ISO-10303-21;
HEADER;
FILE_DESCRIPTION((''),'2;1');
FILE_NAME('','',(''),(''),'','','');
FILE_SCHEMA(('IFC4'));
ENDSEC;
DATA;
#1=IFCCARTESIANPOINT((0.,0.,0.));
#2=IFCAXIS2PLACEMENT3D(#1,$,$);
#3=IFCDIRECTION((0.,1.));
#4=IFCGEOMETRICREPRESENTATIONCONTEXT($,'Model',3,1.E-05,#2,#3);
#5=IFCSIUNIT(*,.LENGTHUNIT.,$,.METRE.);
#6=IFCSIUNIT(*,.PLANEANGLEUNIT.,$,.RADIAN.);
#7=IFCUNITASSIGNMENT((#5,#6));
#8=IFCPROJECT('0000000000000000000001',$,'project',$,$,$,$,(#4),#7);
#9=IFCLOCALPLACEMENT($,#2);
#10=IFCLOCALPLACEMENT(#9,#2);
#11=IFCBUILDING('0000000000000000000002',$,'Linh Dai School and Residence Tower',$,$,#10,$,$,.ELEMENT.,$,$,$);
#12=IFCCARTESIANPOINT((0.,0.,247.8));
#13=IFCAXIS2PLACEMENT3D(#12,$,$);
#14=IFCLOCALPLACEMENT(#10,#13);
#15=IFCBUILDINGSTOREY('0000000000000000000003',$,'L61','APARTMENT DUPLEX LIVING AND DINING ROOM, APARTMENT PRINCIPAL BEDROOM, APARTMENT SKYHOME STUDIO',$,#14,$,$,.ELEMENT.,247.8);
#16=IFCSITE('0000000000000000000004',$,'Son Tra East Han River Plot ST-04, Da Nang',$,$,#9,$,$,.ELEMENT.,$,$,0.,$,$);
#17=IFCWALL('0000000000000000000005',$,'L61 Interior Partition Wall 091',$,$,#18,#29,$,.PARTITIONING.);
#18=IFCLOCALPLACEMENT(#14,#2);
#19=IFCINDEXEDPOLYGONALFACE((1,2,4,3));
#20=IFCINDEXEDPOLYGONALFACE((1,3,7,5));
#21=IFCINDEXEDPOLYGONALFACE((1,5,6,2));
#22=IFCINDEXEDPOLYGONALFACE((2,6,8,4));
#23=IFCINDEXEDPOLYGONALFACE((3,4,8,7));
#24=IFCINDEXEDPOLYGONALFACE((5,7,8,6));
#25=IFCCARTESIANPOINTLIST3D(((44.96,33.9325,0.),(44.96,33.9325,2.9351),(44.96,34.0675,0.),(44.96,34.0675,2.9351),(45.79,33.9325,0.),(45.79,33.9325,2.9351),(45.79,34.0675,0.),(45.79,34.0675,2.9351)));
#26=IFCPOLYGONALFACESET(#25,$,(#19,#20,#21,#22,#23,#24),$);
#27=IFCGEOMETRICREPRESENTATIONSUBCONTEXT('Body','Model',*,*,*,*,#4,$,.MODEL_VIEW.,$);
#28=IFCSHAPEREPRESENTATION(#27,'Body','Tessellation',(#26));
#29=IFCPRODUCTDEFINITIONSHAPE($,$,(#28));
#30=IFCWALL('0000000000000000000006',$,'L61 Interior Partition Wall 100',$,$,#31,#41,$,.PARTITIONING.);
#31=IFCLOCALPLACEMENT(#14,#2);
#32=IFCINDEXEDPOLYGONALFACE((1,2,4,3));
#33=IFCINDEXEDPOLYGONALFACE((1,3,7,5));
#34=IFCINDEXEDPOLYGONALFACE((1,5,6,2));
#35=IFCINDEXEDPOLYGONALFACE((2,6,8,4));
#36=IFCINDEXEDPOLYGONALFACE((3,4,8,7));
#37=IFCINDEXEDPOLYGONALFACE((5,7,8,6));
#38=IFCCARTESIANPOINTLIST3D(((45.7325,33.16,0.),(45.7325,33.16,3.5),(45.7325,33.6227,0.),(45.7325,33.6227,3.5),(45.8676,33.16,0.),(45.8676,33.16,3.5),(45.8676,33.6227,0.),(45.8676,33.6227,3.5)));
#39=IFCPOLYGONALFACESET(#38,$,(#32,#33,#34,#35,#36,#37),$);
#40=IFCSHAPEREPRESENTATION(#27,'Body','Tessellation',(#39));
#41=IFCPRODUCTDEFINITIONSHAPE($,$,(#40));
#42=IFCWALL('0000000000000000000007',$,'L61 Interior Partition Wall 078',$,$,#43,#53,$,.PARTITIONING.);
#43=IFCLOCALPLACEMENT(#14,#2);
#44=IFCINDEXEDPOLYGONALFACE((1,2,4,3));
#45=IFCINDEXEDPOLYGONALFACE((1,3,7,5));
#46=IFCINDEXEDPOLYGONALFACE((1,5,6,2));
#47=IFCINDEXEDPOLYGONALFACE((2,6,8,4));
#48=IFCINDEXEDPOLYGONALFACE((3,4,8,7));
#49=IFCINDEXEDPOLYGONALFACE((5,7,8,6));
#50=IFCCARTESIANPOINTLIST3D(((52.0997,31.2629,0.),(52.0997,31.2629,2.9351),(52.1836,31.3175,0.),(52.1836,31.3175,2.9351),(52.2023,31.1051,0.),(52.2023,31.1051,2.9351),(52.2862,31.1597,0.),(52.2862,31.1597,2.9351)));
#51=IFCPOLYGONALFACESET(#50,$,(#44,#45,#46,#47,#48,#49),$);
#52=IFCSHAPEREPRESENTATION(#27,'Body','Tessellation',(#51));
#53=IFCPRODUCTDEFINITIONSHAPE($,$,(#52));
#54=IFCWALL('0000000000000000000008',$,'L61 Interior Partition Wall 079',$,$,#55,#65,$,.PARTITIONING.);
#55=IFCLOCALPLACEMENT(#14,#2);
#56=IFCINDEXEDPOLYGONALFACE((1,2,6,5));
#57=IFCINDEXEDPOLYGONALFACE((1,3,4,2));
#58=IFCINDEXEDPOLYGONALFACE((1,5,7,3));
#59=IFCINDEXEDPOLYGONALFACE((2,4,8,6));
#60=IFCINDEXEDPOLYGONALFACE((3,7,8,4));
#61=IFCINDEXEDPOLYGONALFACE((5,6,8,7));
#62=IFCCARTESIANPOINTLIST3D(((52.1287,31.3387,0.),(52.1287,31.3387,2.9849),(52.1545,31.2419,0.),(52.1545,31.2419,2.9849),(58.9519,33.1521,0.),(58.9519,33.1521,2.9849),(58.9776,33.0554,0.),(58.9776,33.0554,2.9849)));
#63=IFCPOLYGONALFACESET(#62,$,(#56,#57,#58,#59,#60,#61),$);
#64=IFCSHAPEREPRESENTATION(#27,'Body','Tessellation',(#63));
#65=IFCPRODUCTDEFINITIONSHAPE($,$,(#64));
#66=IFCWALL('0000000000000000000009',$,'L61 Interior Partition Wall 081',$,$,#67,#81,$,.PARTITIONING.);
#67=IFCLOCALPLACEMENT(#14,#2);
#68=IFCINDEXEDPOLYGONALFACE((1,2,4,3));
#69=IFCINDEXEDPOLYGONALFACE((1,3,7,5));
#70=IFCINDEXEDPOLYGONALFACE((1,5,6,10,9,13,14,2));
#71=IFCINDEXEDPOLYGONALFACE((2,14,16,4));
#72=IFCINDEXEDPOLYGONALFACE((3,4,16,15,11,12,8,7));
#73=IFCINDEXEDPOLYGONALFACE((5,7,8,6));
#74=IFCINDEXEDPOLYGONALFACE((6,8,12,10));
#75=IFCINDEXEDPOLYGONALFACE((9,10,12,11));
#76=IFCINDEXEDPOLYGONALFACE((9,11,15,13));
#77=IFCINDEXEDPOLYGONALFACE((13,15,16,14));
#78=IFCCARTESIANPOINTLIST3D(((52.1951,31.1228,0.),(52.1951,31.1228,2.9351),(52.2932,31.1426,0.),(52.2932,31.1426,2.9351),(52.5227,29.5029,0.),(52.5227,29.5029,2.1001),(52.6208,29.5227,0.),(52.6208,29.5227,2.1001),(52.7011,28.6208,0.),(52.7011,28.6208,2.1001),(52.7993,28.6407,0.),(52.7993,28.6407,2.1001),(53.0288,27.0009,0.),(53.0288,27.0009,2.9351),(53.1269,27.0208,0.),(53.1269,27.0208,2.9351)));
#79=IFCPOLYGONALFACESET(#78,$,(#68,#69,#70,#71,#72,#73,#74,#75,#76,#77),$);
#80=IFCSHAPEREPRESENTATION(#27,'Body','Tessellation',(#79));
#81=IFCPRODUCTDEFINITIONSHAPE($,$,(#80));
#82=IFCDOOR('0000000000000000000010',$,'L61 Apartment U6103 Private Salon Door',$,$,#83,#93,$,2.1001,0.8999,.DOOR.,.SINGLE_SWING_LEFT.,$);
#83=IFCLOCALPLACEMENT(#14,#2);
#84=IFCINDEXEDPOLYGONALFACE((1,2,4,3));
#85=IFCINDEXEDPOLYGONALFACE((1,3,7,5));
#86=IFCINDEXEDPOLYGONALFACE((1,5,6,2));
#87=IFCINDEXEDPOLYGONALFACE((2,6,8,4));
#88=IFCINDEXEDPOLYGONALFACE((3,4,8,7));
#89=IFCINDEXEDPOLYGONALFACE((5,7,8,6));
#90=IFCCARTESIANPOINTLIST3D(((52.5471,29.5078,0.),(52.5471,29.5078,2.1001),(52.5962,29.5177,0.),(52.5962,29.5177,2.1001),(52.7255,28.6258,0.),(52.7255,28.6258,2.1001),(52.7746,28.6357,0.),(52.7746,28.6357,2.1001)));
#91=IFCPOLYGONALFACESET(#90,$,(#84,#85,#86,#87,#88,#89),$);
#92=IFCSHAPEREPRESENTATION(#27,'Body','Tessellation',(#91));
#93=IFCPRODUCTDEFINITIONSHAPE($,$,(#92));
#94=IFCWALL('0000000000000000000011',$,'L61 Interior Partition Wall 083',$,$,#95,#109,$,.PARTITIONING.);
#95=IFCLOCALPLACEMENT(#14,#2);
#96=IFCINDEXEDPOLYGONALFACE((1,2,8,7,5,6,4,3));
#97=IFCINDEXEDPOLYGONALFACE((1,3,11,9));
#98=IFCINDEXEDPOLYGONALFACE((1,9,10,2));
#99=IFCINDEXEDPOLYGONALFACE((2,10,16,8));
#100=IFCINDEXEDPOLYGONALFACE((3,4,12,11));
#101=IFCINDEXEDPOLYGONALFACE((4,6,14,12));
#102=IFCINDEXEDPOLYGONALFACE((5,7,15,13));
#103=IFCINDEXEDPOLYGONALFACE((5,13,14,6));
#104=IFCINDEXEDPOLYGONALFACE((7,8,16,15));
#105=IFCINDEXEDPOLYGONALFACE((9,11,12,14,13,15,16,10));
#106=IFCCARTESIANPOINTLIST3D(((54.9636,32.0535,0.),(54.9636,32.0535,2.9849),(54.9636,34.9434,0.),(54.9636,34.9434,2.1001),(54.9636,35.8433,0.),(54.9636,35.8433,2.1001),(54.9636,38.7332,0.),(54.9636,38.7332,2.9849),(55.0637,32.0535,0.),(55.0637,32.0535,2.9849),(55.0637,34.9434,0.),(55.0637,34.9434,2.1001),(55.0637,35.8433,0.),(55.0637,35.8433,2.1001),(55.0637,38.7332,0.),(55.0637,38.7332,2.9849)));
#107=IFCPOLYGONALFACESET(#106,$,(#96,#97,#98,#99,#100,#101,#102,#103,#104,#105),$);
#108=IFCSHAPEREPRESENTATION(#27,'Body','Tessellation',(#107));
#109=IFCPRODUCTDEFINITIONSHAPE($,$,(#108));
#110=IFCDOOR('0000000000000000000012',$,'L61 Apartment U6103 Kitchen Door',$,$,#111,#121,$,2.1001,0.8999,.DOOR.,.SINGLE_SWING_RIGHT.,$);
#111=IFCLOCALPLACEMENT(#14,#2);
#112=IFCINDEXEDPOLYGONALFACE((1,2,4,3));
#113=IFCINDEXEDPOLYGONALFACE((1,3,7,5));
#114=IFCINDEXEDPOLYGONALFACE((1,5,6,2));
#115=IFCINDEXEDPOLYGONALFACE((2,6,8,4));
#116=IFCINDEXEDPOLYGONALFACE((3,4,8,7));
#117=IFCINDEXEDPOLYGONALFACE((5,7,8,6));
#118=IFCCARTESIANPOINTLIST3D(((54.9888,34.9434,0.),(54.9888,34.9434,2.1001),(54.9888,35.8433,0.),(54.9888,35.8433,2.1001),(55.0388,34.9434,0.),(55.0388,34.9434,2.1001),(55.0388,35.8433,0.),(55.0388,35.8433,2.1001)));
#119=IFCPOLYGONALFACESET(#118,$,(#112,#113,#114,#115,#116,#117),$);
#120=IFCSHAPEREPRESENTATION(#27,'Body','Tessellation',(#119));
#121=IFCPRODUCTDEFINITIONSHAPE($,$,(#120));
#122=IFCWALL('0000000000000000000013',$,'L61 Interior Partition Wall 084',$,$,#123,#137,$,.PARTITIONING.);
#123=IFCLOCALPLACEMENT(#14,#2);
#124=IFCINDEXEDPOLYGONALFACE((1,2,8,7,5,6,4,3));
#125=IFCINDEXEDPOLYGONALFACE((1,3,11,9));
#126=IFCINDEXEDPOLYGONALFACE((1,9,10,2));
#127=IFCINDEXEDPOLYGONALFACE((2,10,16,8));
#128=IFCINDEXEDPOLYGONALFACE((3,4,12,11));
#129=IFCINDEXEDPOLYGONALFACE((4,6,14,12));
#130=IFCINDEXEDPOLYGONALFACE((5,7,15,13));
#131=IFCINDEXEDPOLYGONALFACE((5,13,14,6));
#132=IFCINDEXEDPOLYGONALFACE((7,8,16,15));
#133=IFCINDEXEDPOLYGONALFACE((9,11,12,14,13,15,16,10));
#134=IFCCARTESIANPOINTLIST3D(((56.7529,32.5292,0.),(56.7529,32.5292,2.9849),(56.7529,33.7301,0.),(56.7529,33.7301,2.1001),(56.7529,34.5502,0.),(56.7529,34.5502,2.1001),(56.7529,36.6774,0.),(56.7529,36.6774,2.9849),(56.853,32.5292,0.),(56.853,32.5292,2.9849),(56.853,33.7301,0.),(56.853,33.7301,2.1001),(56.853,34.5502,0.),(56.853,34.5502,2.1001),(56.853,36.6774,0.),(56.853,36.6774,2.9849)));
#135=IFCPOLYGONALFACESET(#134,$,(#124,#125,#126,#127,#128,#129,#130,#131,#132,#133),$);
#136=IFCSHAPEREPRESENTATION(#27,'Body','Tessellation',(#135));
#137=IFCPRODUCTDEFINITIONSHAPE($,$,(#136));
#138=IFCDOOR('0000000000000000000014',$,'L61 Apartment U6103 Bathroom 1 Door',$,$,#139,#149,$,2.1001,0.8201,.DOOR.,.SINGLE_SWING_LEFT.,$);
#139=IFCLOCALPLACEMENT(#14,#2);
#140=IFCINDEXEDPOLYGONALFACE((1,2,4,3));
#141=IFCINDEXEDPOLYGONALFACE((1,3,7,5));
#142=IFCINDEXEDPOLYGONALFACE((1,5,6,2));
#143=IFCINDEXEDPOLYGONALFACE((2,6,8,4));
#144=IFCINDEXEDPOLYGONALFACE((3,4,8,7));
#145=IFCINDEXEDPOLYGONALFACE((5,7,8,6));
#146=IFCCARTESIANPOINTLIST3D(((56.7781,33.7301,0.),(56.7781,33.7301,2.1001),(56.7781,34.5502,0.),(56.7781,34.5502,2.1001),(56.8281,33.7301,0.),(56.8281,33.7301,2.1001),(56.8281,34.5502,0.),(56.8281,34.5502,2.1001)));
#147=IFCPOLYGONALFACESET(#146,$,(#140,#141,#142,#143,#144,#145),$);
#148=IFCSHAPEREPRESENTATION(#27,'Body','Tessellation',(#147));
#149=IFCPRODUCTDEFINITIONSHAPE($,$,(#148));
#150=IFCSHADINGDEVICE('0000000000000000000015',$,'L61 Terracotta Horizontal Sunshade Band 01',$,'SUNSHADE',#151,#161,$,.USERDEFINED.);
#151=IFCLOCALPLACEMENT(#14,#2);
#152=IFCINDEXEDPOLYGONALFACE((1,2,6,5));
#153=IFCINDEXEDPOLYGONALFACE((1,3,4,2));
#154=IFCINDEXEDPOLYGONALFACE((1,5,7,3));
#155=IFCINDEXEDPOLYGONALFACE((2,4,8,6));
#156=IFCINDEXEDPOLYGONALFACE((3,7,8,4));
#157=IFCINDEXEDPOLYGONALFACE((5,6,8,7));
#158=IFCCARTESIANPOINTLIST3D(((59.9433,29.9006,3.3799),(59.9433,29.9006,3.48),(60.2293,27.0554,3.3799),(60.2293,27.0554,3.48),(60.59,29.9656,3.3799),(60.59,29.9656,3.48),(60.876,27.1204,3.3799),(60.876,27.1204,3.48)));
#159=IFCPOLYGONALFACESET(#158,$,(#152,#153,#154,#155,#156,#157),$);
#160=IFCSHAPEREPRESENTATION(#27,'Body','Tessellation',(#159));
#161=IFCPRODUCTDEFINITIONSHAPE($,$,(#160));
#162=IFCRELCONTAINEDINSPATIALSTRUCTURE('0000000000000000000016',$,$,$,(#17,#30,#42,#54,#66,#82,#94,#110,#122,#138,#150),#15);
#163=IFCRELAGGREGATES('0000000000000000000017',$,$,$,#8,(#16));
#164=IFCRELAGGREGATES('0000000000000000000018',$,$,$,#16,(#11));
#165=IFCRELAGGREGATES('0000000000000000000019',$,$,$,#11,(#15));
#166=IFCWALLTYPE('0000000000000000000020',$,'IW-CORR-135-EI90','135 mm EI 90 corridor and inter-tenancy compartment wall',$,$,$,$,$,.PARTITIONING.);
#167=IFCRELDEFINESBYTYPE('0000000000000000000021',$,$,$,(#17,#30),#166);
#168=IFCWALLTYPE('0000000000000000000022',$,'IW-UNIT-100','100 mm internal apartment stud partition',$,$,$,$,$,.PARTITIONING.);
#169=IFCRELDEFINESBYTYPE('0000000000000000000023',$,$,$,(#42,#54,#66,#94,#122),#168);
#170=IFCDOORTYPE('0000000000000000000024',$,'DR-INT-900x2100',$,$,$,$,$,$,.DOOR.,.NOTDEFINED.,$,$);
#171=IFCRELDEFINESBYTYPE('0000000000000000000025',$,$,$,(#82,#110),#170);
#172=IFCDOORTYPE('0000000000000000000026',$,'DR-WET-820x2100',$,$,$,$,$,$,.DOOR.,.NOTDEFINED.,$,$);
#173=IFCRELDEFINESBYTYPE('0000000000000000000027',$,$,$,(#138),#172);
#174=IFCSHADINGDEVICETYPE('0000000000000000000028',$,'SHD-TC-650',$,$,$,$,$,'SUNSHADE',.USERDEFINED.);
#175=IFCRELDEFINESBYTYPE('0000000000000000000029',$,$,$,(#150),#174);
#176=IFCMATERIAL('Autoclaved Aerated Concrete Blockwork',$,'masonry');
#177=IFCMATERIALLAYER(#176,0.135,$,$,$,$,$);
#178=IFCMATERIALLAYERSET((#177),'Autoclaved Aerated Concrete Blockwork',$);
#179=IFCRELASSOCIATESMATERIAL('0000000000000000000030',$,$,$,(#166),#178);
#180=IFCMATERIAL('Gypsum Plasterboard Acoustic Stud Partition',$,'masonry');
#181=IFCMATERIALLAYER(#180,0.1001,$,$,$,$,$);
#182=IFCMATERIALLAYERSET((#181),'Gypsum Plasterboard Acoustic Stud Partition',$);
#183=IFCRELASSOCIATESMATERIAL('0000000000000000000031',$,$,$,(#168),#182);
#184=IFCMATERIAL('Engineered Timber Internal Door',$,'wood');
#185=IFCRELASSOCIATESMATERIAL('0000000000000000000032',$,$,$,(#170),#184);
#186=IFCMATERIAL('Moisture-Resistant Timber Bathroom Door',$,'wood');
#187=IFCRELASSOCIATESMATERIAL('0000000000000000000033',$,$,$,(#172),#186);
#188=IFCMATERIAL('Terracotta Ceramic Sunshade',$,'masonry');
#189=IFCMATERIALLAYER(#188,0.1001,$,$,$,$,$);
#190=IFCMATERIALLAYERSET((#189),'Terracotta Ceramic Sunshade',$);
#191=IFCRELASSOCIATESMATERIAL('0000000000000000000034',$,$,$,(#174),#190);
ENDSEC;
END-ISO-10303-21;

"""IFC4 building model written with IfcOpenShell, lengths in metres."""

from ifc_helpers import new_model, si_unit, direction, frame, frame_2d, origin, origin_2d, place, context, subcontext, project, spatial, rectangle, extrude, source, transform, mapped, material, layer, layer_set, type_object, element, fill, save


model = new_model("IFC4")

# Units and contexts
model_context = context("Model", 3, precision=1e-05, world=origin(), true_north=direction((0.0, 1.0)))
body_context = subcontext(model_context, "Body", "Model", "MODEL_VIEW")
ifc_project = project(units=[si_unit("LENGTHUNIT", "METRE"), si_unit("PLANEANGLEUNIT", "RADIAN")], contexts=[model_context])

# Site, building, storey
site_placement = place(None, origin())
site = spatial("IfcSite", under=ifc_project, at=site_placement, Name="Son Tra East Han River Plot ST-04, Da Nang", CompositionType="ELEMENT", RefElevation=0.0)
building_placement = place(site_placement, origin())
building = spatial("IfcBuilding", under=site, at=building_placement, Name="Linh Dai School and Residence Tower", CompositionType="ELEMENT")
storey_placement = place(building_placement, frame((0.0, 0.0, 247.8)))
storey = spatial("IfcBuildingStorey", under=building, at=storey_placement, Name="L61", Description="APARTMENT DUPLEX LIVING AND DINING ROOM, APARTMENT PRINCIPAL BEDROOM, APARTMENT SKYHOME STUDIO", CompositionType="ELEMENT", Elevation=247.8)

# Walls
ifc_material_1 = material(Name="Autoclaved Aerated Concrete Blockwork", Category="masonry")
ifc_layer_1 = layer(ifc_material_1, 0.135)
ifc_layer_set_1 = layer_set([ifc_layer_1], Name="Autoclaved Aerated Concrete Blockwork")
wall_type_1 = type_object("IfcWallType", Name="IW-CORR-135-EI90", Description="135 mm EI 90 corridor and inter-tenancy compartment wall", PredefinedType="PARTITIONING", material=ifc_layer_set_1)
wall_1_placement = place(storey_placement, frame((45.79, 34.0, 0.0), z_axis=(0.0, 0.0, 1.0), x_axis=(-1.0, 0.0, 0.0)))
element("IfcWall", 1, at=wall_1_placement, inside=storey, type_object=wall_type_1, Name="L61 Interior Partition Wall 091", PredefinedType="PARTITIONING", context=body_context, shape_type="SweptSolid", body=[
    extrude(rectangle(XDim=0.8301, YDim=0.135, at=frame_2d((0.415, 0.0))), origin(), (0.0, 0.0, 1.0), 2.9351),
])
wall_2_placement = place(storey_placement, frame((45.8, 33.1599, 0.0), z_axis=(0.0, 0.0, 1.0), x_axis=(0.0, 1.0, 0.0)))
element("IfcWall", 2, at=wall_2_placement, inside=storey, type_object=wall_type_1, Name="L61 Interior Partition Wall 100", PredefinedType="PARTITIONING", context=body_context, shape_type="SweptSolid", body=[
    extrude(rectangle(XDim=0.4626, YDim=0.135, at=frame_2d((0.2314, 0.0))), origin(), (0.0, 0.0, 1.0), 3.5),
])
ifc_material_2 = material(Name="Gypsum Plasterboard Acoustic Stud Partition", Category="masonry")
ifc_layer_2 = layer(ifc_material_2, 0.1001)
ifc_layer_set_2 = layer_set([ifc_layer_2], Name="Gypsum Plasterboard Acoustic Stud Partition")
wall_type_2 = type_object("IfcWallType", Name="IW-UNIT-100", Description="100 mm internal apartment stud partition", PredefinedType="PARTITIONING", material=ifc_layer_set_2)
wall_3_placement = place(storey_placement, frame((52.1416, 31.2903, 0.0), z_axis=(0.0, 0.0, 1.0), x_axis=(0.54508, -0.838384, 0.0)))
element("IfcWall", 3, at=wall_3_placement, inside=storey, type_object=wall_type_2, Name="L61 Interior Partition Wall 078", PredefinedType="PARTITIONING", context=body_context, shape_type="SweptSolid", body=[
    extrude(rectangle(XDim=0.1882, YDim=0.1001, at=frame_2d((0.0942, 0.0))), origin(), (0.0, 0.0, 1.0), 2.9351),
])
wall_4_placement = place(storey_placement, frame((52.1416, 31.2903, 0.0), z_axis=(0.0, 0.0, 1.0), x_axis=(0.966448, 0.256862, 0.0)))
element("IfcWall", 4, at=wall_4_placement, inside=storey, type_object=wall_type_2, Name="L61 Interior Partition Wall 079", PredefinedType="PARTITIONING", context=body_context, shape_type="SweptSolid", body=[
    extrude(rectangle(XDim=7.0601, YDim=0.1001, at=frame_2d((3.53, 0.0))), origin(), (0.0, 0.0, 1.0), 2.9849),
])

# Walls, openings, doors
wall_5_placement = place(storey_placement, frame((52.2441, 31.1326, 0.0), z_axis=(0.0, 0.0, 1.0), x_axis=(0.198259, -0.98015, 0.0)))
wall_5 = element("IfcWall", 5, at=wall_5_placement, inside=storey, type_object=wall_type_2, Name="L61 Interior Partition Wall 081", PredefinedType="PARTITIONING", context=body_context, shape_type="SweptSolid", body=[
    extrude(rectangle(XDim=4.2053, YDim=0.1001, at=frame_2d((2.1025, 0.0))), origin(), (0.0, 0.0, 1.0), 2.9351),
])
opening_1_placement = place(wall_5_placement, frame((1.6526, 0.0, 0.0)))
opening_1 = element("IfcOpeningElement", 6, at=opening_1_placement, cuts=wall_5, PredefinedType="OPENING", context=body_context, shape_type="SweptSolid", body=[
    extrude(rectangle(XDim=0.8999, YDim=2.1001, at=origin_2d()), frame((0.45, 0.0601, 1.05), z_axis=(0.0, -1.0, 0.0), x_axis=(1.0, 0.0, 0.0)), (0.0, 0.0, 1.0), 0.1201),
])
ifc_material_3 = material(Name="Engineered Timber Internal Door", Category="wood")
door_type_1 = type_object("IfcDoorType", Name="DR-INT-900x2100", OperationType="NOTDEFINED", PredefinedType="DOOR", material=ifc_material_3)
shared_shape_1 = source(origin(), body_context, "Body", "SweptSolid", [
    extrude(rectangle(XDim=0.8999, YDim=2.1001, at=origin_2d()), frame((0.45, 0.0249, 1.05), z_axis=(0.0, -1.0, 0.0), x_axis=(1.0, 0.0, 0.0)), (0.0, 0.0, 1.0), 0.05),
])
door_1_placement = place(opening_1_placement, origin())
door_1 = element("IfcDoor", 7, at=door_1_placement, inside=storey, type_object=door_type_1, Name="L61 Apartment U6103 Private Salon Door", OperationType="SINGLE_SWING_LEFT", OverallHeight=2.1001, OverallWidth=0.8999, PredefinedType="DOOR", context=body_context, shape_type="MappedRepresentation", body=[
    mapped(shared_shape_1, transform((0.0, 0.0, 0.0), x_axis=(1.0, 0.0, 0.0), y_axis=(0.0, 1.0, 0.0), z_axis=(0.0, 0.0, 1.0), scale=1.0)),
])
fill(opening_1, door_1)
wall_6_placement = place(storey_placement, frame((55.0137, 32.0535, 0.0), z_axis=(0.0, 0.0, 1.0), x_axis=(0.0, 1.0, 0.0)))
wall_6 = element("IfcWall", 8, at=wall_6_placement, inside=storey, type_object=wall_type_2, Name="L61 Interior Partition Wall 083", PredefinedType="PARTITIONING", context=body_context, shape_type="SweptSolid", body=[
    extrude(rectangle(XDim=6.6797, YDim=0.1001, at=frame_2d((3.3398, 0.0))), origin(), (0.0, 0.0, 1.0), 2.9849),
])
opening_2_placement = place(wall_6_placement, frame((2.8899, 0.0, 0.0)))
opening_2 = element("IfcOpeningElement", 9, at=opening_2_placement, cuts=wall_6, PredefinedType="OPENING", context=body_context, shape_type="SweptSolid", body=[
    extrude(rectangle(XDim=0.8999, YDim=2.1001, at=origin_2d()), frame((0.45, 0.0601, 1.05), z_axis=(0.0, -1.0, 0.0), x_axis=(1.0, 0.0, 0.0)), (0.0, 0.0, 1.0), 0.1201),
])
door_2_placement = place(opening_2_placement, origin())
door_2 = element("IfcDoor", 10, at=door_2_placement, inside=storey, type_object=door_type_1, Name="L61 Apartment U6103 Kitchen Door", OperationType="SINGLE_SWING_RIGHT", OverallHeight=2.1001, OverallWidth=0.8999, PredefinedType="DOOR", context=body_context, shape_type="MappedRepresentation", body=[
    mapped(shared_shape_1, transform((0.0, 0.0, 0.0), x_axis=(1.0, 0.0, 0.0), y_axis=(0.0, 1.0, 0.0), z_axis=(0.0, 0.0, 1.0), scale=1.0)),
])
fill(opening_2, door_2)
wall_7_placement = place(storey_placement, frame((56.803, 32.5291, 0.0), z_axis=(0.0, 0.0, 1.0), x_axis=(0.0, 1.0, 0.0)))
wall_7 = element("IfcWall", 11, at=wall_7_placement, inside=storey, type_object=wall_type_2, Name="L61 Interior Partition Wall 084", PredefinedType="PARTITIONING", context=body_context, shape_type="SweptSolid", body=[
    extrude(rectangle(XDim=4.1482, YDim=0.1001, at=frame_2d((2.0742, 0.0))), origin(), (0.0, 0.0, 1.0), 2.9849),
])
opening_3_placement = place(wall_7_placement, frame((1.2009, 0.0, 0.0)))
opening_3 = element("IfcOpeningElement", 12, at=opening_3_placement, cuts=wall_7, PredefinedType="OPENING", context=body_context, shape_type="SweptSolid", body=[
    extrude(rectangle(XDim=0.8201, YDim=2.1001, at=origin_2d()), frame((0.4102, 0.0601, 1.05), z_axis=(0.0, -1.0, 0.0), x_axis=(1.0, 0.0, 0.0)), (0.0, 0.0, 1.0), 0.1201),
])
ifc_material_4 = material(Name="Moisture-Resistant Timber Bathroom Door", Category="wood")
door_type_2 = type_object("IfcDoorType", Name="DR-WET-820x2100", OperationType="NOTDEFINED", PredefinedType="DOOR", material=ifc_material_4)
shared_shape_2 = source(origin(), body_context, "Body", "SweptSolid", [
    extrude(rectangle(XDim=0.8201, YDim=2.1001, at=origin_2d()), frame((0.4102, 0.0249, 1.05), z_axis=(0.0, -1.0, 0.0), x_axis=(1.0, 0.0, 0.0)), (0.0, 0.0, 1.0), 0.05),
])
door_3_placement = place(opening_3_placement, origin())
door_3 = element("IfcDoor", 13, at=door_3_placement, inside=storey, type_object=door_type_2, Name="L61 Apartment U6103 Bathroom 1 Door", OperationType="SINGLE_SWING_LEFT", OverallHeight=2.1001, OverallWidth=0.8201, PredefinedType="DOOR", context=body_context, shape_type="MappedRepresentation", body=[
    mapped(shared_shape_2, transform((0.0, 0.0, 0.0), x_axis=(1.0, 0.0, 0.0), y_axis=(0.0, 1.0, 0.0), z_axis=(0.0, 0.0, 1.0), scale=1.0)),
])
fill(opening_3, door_3)

# Shading device
ifc_material_5 = material(Name="Terracotta Ceramic Sunshade", Category="masonry")
ifc_layer_3 = layer(ifc_material_5, 0.1001)
ifc_layer_set_3 = layer_set([ifc_layer_3], Name="Terracotta Ceramic Sunshade")
shading_device_type = type_object("IfcShadingDeviceType", Name="SHD-TC-650", ElementType="SUNSHADE", PredefinedType="USERDEFINED", material=ifc_layer_set_3)
shared_shape_3 = source(origin(), body_context, "Body", "SweptSolid", [
    extrude(rectangle(XDim=2.8596, YDim=0.6499, at=origin_2d()), origin(), (0.0, 0.0, 1.0), 0.1001),
])
shading_device_placement = place(storey_placement, frame((60.4097, 28.5105, 3.3799), z_axis=(0.0, 0.0, 1.0), x_axis=(0.100012, -0.994986, 0.0)))
element("IfcShadingDevice", 14, at=shading_device_placement, inside=storey, type_object=shading_device_type, Name="L61 Terracotta Horizontal Sunshade Band 01", ObjectType="SUNSHADE", PredefinedType="USERDEFINED", context=body_context, shape_type="MappedRepresentation", body=[
    mapped(shared_shape_3, transform((0.0, 0.0, 0.0), x_axis=(1.0, 0.0, 0.0), y_axis=(0.0, 1.0, 0.0), z_axis=(0.0, 0.0, 1.0), scale=1.0)),
])

save(model, "model.ifc")
